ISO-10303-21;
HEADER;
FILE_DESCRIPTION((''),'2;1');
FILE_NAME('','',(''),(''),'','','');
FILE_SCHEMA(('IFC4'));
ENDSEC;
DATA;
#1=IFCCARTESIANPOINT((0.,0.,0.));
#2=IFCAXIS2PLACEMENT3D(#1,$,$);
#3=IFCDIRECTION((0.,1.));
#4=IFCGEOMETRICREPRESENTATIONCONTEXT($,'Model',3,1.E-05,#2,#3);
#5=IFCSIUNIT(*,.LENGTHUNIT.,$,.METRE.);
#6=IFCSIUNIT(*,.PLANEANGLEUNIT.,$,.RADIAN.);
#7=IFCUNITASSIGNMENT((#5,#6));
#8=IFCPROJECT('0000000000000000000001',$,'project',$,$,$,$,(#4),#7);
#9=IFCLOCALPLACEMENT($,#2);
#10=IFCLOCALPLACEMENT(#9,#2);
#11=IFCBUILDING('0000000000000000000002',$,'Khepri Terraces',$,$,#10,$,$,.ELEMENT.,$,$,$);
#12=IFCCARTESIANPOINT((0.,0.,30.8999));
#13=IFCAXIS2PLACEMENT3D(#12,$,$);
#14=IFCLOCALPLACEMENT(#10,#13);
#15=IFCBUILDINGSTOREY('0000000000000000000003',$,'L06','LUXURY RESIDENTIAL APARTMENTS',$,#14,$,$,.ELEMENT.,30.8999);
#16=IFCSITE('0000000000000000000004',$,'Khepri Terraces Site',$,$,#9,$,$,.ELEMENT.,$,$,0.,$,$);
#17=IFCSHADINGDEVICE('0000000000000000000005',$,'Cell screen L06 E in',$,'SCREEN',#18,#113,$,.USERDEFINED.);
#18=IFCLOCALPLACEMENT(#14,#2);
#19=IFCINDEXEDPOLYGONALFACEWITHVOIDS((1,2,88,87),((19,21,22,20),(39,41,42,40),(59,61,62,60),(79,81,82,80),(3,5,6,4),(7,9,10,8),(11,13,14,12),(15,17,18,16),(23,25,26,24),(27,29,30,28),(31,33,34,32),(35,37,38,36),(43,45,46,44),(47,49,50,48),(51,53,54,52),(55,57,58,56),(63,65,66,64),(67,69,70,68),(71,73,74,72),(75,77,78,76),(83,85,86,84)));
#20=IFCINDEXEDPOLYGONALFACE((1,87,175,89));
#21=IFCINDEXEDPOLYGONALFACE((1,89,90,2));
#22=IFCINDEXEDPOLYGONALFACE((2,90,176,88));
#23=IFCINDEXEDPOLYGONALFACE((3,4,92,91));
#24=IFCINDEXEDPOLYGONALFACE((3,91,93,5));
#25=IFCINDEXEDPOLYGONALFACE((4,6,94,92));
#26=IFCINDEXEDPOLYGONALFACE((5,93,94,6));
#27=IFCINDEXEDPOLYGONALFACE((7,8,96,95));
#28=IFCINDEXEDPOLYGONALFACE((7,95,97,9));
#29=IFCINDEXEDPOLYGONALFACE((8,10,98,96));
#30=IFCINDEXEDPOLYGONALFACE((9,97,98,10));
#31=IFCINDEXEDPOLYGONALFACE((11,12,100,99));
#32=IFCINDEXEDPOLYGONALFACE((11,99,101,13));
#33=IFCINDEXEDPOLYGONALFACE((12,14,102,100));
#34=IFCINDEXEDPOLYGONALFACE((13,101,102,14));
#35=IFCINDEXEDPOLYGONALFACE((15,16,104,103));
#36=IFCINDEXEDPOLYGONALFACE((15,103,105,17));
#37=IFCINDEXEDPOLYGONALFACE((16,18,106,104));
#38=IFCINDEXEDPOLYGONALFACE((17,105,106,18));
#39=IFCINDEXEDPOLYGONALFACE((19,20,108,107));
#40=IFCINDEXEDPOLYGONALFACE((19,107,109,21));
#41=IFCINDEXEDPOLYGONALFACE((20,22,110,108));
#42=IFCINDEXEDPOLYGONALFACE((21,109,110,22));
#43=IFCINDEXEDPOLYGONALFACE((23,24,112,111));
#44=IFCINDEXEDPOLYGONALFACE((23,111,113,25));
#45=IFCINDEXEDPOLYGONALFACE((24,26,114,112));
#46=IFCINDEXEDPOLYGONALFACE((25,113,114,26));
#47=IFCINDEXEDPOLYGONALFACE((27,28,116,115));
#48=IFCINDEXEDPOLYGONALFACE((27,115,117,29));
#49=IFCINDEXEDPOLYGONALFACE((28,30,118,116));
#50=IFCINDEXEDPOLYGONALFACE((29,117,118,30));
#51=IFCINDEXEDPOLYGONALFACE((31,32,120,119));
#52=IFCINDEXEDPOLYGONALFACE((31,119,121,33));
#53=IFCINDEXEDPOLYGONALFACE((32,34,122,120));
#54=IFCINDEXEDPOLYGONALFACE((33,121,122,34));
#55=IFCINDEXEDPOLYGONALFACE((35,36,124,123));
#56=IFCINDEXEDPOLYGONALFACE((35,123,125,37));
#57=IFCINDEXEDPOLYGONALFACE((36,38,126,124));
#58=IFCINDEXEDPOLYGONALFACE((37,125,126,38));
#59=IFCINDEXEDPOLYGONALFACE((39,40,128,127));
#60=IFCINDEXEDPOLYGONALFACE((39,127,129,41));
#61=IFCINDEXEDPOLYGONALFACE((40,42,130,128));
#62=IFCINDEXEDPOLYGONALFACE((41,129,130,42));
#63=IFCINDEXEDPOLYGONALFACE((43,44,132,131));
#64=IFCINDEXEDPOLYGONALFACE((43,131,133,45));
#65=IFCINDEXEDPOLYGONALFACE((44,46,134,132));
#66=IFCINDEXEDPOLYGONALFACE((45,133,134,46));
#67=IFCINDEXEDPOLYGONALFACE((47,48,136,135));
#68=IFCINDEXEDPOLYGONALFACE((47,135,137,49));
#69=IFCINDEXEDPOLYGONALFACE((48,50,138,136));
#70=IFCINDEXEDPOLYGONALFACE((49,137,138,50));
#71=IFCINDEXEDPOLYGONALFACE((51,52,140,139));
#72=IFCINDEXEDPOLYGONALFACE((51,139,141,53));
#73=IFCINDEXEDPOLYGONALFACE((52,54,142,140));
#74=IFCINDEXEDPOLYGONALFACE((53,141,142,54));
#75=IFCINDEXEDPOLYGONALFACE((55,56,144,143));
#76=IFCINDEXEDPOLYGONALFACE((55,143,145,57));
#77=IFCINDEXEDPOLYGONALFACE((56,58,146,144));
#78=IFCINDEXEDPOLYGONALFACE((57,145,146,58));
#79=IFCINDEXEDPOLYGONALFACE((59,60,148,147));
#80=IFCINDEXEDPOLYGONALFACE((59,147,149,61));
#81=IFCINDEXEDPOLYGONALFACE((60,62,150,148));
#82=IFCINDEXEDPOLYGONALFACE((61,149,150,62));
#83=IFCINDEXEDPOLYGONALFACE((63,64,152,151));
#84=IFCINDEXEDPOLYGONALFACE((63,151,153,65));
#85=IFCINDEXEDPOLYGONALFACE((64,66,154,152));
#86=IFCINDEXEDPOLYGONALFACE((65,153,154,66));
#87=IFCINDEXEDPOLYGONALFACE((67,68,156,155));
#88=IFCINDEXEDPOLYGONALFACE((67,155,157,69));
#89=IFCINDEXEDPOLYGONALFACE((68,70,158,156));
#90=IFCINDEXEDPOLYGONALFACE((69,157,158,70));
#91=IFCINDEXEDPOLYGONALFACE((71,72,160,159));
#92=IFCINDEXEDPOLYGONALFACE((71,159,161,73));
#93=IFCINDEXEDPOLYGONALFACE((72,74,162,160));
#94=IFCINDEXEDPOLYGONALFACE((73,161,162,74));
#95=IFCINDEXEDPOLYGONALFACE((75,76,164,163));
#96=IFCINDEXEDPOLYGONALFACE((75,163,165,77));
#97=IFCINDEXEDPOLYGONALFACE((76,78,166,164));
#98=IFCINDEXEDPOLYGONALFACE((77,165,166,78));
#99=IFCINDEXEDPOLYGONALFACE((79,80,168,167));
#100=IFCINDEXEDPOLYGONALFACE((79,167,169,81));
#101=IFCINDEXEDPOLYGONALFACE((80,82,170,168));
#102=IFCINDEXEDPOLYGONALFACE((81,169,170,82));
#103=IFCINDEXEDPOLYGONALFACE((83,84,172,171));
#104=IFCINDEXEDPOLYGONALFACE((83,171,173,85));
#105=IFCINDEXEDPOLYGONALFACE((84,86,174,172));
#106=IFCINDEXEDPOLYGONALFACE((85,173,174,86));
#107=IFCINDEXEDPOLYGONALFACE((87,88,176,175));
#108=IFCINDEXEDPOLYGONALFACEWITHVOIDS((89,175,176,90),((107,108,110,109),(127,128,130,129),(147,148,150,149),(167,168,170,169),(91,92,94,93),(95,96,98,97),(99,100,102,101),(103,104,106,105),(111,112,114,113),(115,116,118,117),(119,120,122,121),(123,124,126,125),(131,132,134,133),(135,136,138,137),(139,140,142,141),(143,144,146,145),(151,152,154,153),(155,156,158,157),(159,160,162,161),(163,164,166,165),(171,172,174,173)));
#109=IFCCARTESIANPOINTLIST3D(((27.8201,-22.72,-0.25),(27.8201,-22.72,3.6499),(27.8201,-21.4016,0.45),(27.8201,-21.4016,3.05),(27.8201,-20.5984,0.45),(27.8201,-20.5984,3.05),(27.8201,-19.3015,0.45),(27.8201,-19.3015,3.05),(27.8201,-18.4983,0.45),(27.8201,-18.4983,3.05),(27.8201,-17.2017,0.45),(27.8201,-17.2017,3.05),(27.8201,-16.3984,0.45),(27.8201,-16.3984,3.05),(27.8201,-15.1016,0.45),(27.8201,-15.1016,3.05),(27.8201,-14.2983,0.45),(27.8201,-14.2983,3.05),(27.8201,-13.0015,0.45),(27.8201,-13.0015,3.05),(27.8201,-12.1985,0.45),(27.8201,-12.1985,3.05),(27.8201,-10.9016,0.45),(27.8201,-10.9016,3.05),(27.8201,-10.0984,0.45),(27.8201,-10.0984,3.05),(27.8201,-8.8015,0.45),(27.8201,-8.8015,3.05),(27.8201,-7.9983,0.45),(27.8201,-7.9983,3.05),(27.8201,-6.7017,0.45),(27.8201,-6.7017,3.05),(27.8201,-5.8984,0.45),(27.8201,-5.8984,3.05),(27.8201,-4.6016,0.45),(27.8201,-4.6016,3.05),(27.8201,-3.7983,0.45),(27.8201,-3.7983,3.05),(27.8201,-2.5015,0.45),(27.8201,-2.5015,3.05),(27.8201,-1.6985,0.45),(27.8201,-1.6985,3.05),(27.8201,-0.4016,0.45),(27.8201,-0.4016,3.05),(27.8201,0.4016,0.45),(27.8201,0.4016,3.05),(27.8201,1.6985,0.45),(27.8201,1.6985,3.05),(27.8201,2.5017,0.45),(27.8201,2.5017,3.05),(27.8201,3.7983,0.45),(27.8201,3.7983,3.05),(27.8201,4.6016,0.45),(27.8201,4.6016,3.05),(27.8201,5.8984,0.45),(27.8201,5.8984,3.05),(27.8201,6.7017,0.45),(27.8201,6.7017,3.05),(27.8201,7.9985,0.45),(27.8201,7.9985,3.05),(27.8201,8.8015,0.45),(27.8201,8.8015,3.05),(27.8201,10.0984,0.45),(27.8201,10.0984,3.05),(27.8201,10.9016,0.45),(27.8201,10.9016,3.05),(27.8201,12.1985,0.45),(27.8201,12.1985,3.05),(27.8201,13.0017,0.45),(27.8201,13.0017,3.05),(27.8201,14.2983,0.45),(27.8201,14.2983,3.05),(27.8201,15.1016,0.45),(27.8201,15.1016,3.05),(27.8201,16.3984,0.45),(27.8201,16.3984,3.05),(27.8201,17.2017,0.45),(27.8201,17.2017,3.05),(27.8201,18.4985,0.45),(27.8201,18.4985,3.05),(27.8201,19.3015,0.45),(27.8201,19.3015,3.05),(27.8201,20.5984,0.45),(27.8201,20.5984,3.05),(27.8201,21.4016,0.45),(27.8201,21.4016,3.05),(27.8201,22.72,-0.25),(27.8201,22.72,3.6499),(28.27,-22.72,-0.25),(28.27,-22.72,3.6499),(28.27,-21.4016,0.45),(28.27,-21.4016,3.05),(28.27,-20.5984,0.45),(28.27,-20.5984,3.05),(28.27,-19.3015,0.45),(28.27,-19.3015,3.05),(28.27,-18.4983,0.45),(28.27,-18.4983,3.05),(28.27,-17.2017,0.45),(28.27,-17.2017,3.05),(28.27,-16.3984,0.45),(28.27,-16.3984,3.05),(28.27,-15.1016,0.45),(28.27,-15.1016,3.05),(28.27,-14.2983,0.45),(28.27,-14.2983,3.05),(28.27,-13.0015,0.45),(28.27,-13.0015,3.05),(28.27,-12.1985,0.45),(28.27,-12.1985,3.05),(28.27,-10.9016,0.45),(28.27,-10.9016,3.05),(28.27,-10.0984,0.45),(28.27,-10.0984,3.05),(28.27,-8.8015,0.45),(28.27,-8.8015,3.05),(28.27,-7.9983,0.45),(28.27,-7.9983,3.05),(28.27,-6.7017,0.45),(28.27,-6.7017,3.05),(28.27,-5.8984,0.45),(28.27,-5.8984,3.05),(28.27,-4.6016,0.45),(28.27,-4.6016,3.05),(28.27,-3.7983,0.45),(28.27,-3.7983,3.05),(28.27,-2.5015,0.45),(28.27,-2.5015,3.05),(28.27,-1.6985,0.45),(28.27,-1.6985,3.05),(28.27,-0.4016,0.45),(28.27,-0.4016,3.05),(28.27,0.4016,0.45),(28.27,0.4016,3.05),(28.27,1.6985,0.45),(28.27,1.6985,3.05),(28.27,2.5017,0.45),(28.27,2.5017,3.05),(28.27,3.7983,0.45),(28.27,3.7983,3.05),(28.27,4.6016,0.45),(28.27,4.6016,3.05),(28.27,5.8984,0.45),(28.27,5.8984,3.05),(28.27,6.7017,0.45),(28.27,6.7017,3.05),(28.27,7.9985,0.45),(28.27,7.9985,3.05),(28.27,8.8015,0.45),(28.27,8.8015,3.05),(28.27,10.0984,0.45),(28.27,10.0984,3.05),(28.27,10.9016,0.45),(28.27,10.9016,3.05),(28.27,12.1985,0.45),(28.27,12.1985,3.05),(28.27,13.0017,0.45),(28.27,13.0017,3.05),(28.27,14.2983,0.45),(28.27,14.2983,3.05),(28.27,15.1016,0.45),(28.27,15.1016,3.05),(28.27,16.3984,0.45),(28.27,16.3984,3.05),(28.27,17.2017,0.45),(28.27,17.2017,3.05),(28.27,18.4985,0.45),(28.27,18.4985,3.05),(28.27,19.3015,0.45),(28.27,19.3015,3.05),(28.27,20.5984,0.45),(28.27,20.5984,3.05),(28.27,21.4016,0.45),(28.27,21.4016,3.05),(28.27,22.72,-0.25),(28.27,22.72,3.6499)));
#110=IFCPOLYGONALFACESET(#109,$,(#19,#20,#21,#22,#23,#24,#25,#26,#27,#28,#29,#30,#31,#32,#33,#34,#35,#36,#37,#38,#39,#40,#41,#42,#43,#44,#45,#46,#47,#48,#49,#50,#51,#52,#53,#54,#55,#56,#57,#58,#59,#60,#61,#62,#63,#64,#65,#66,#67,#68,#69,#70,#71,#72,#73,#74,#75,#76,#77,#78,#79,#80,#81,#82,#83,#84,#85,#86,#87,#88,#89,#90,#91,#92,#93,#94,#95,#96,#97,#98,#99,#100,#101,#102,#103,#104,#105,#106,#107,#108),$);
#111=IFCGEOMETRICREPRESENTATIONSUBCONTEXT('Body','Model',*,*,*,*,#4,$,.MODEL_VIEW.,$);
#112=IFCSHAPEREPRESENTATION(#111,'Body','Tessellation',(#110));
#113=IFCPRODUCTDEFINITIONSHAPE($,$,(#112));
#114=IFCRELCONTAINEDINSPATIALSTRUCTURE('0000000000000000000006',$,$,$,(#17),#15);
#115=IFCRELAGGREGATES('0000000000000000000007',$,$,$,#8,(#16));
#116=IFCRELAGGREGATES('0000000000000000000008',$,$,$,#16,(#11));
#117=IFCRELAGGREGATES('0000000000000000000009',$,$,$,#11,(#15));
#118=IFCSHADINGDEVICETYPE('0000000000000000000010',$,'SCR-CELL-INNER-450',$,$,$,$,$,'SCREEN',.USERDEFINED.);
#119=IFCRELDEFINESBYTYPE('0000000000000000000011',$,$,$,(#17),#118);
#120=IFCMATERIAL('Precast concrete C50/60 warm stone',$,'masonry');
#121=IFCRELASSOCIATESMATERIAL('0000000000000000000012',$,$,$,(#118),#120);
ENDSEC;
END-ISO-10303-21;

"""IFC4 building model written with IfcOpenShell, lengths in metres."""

from ifc_helpers import new_model, si_unit, direction, frame, origin, place, context, subcontext, project, spatial, polyline, outline, extrude, material, type_object, element, save


model = new_model("IFC4")

# Units and contexts
model_context = context("Model", 3, precision=1e-05, world=origin(), true_north=direction((0.0, 1.0)))
body_context = subcontext(model_context, "Body", "Model", "MODEL_VIEW")
ifc_project = project(units=[si_unit("LENGTHUNIT", "METRE"), si_unit("PLANEANGLEUNIT", "RADIAN")], contexts=[model_context])

# Site, building, storey
site_placement = place(None, origin())
site = spatial("IfcSite", under=ifc_project, at=site_placement, Name="Khepri Terraces Site", CompositionType="ELEMENT", RefElevation=0.0)
building_placement = place(site_placement, origin())
building = spatial("IfcBuilding", under=site, at=building_placement, Name="Khepri Terraces", CompositionType="ELEMENT")
storey_placement = place(building_placement, frame((0.0, 0.0, 30.8999)))
storey = spatial("IfcBuildingStorey", under=building, at=storey_placement, Name="L06", Description="LUXURY RESIDENTIAL APARTMENTS", CompositionType="ELEMENT", Elevation=30.8999)

# Shared definitions
ifc_material_1 = material(Name="Precast concrete C50/60 warm stone", Category="masonry")

# Shading device
shading_device_type_1 = type_object("IfcShadingDeviceType", Name="SCR-CELL-INNER-450", ElementType="SCREEN", PredefinedType="USERDEFINED", material=ifc_material_1)
shading_device_1_placement = place(storey_placement, frame((27.8201, -22.72, -0.25), z_axis=(1.0, 0.0, 0.0), x_axis=(0.0, 1.0, 0.0)))
element("IfcShadingDevice", 1, at=shading_device_1_placement, inside=storey, type_object=shading_device_type_1, Name="Cell screen L06 E in", ObjectType="SCREEN", PredefinedType="USERDEFINED", context=body_context, shape_type="SweptSolid", body=[
    extrude(outline(polyline([(0.0, 0.0), (45.4399, 0.0), (45.4399, 3.8999), (0.0, 3.8999), (0.0, 0.0)]), holes=[polyline([(1.3184, 0.7), (2.1216, 0.7), (2.1216, 3.3), (1.3184, 3.3), (1.3184, 0.7)]), polyline([(3.4185, 0.7), (4.2217, 0.7), (4.2217, 3.3), (3.4185, 3.3), (3.4185, 0.7)]), polyline([(5.5183, 0.7), (6.3215, 0.7), (6.3215, 3.3), (5.5183, 3.3), (5.5183, 0.7)]), polyline([(7.6184, 0.7), (8.4216, 0.7), (8.4216, 3.3), (7.6184, 3.3), (7.6184, 0.7)]), polyline([(9.7185, 0.7), (10.5215, 0.7), (10.5215, 3.3), (9.7185, 3.3), (9.7185, 0.7)]), polyline([(11.8184, 0.7), (12.6216, 0.7), (12.6216, 3.3), (11.8184, 3.3), (11.8184, 0.7)]), polyline([(13.9185, 0.7), (14.7217, 0.7), (14.7217, 3.3), (13.9185, 3.3), (13.9185, 0.7)]), polyline([(16.0183, 0.7), (16.8215, 0.7), (16.8215, 3.3), (16.0183, 3.3), (16.0183, 0.7)]), polyline([(18.1184, 0.7), (18.9216, 0.7), (18.9216, 3.3), (18.1184, 3.3), (18.1184, 0.7)]), polyline([(20.2185, 0.7), (21.0215, 0.7), (21.0215, 3.3), (20.2185, 3.3), (20.2185, 0.7)]), polyline([(22.3184, 0.7), (23.1216, 0.7), (23.1216, 3.3), (22.3184, 3.3), (22.3184, 0.7)]), polyline([(24.4185, 0.7), (25.2217, 0.7), (25.2217, 3.3), (24.4185, 3.3), (24.4185, 0.7)]), polyline([(26.5183, 0.7), (27.3215, 0.7), (27.3215, 3.3), (26.5183, 3.3), (26.5183, 0.7)]), polyline([(28.6184, 0.7), (29.4216, 0.7), (29.4216, 3.3), (28.6184, 3.3), (28.6184, 0.7)]), polyline([(30.7185, 0.7), (31.5215, 0.7), (31.5215, 3.3), (30.7185, 3.3), (30.7185, 0.7)]), polyline([(32.8184, 0.7), (33.6216, 0.7), (33.6216, 3.3), (32.8184, 3.3), (32.8184, 0.7)]), polyline([(34.9185, 0.7), (35.7217, 0.7), (35.7217, 3.3), (34.9185, 3.3), (34.9185, 0.7)]), polyline([(37.0183, 0.7), (37.8215, 0.7), (37.8215, 3.3), (37.0183, 3.3), (37.0183, 0.7)]), polyline([(39.1184, 0.7), (39.9216, 0.7), (39.9216, 3.3), (39.1184, 3.3), (39.1184, 0.7)]), polyline([(41.2185, 0.7), (42.0215, 0.7), (42.0215, 3.3), (41.2185, 3.3), (41.2185, 0.7)]), polyline([(43.3184, 0.7), (44.1216, 0.7), (44.1216, 3.3), (43.3184, 3.3), (43.3184, 0.7)])]), origin(), (0.0, 0.0, 1.0), 0.45),
])

save(model, "model.ifc")
